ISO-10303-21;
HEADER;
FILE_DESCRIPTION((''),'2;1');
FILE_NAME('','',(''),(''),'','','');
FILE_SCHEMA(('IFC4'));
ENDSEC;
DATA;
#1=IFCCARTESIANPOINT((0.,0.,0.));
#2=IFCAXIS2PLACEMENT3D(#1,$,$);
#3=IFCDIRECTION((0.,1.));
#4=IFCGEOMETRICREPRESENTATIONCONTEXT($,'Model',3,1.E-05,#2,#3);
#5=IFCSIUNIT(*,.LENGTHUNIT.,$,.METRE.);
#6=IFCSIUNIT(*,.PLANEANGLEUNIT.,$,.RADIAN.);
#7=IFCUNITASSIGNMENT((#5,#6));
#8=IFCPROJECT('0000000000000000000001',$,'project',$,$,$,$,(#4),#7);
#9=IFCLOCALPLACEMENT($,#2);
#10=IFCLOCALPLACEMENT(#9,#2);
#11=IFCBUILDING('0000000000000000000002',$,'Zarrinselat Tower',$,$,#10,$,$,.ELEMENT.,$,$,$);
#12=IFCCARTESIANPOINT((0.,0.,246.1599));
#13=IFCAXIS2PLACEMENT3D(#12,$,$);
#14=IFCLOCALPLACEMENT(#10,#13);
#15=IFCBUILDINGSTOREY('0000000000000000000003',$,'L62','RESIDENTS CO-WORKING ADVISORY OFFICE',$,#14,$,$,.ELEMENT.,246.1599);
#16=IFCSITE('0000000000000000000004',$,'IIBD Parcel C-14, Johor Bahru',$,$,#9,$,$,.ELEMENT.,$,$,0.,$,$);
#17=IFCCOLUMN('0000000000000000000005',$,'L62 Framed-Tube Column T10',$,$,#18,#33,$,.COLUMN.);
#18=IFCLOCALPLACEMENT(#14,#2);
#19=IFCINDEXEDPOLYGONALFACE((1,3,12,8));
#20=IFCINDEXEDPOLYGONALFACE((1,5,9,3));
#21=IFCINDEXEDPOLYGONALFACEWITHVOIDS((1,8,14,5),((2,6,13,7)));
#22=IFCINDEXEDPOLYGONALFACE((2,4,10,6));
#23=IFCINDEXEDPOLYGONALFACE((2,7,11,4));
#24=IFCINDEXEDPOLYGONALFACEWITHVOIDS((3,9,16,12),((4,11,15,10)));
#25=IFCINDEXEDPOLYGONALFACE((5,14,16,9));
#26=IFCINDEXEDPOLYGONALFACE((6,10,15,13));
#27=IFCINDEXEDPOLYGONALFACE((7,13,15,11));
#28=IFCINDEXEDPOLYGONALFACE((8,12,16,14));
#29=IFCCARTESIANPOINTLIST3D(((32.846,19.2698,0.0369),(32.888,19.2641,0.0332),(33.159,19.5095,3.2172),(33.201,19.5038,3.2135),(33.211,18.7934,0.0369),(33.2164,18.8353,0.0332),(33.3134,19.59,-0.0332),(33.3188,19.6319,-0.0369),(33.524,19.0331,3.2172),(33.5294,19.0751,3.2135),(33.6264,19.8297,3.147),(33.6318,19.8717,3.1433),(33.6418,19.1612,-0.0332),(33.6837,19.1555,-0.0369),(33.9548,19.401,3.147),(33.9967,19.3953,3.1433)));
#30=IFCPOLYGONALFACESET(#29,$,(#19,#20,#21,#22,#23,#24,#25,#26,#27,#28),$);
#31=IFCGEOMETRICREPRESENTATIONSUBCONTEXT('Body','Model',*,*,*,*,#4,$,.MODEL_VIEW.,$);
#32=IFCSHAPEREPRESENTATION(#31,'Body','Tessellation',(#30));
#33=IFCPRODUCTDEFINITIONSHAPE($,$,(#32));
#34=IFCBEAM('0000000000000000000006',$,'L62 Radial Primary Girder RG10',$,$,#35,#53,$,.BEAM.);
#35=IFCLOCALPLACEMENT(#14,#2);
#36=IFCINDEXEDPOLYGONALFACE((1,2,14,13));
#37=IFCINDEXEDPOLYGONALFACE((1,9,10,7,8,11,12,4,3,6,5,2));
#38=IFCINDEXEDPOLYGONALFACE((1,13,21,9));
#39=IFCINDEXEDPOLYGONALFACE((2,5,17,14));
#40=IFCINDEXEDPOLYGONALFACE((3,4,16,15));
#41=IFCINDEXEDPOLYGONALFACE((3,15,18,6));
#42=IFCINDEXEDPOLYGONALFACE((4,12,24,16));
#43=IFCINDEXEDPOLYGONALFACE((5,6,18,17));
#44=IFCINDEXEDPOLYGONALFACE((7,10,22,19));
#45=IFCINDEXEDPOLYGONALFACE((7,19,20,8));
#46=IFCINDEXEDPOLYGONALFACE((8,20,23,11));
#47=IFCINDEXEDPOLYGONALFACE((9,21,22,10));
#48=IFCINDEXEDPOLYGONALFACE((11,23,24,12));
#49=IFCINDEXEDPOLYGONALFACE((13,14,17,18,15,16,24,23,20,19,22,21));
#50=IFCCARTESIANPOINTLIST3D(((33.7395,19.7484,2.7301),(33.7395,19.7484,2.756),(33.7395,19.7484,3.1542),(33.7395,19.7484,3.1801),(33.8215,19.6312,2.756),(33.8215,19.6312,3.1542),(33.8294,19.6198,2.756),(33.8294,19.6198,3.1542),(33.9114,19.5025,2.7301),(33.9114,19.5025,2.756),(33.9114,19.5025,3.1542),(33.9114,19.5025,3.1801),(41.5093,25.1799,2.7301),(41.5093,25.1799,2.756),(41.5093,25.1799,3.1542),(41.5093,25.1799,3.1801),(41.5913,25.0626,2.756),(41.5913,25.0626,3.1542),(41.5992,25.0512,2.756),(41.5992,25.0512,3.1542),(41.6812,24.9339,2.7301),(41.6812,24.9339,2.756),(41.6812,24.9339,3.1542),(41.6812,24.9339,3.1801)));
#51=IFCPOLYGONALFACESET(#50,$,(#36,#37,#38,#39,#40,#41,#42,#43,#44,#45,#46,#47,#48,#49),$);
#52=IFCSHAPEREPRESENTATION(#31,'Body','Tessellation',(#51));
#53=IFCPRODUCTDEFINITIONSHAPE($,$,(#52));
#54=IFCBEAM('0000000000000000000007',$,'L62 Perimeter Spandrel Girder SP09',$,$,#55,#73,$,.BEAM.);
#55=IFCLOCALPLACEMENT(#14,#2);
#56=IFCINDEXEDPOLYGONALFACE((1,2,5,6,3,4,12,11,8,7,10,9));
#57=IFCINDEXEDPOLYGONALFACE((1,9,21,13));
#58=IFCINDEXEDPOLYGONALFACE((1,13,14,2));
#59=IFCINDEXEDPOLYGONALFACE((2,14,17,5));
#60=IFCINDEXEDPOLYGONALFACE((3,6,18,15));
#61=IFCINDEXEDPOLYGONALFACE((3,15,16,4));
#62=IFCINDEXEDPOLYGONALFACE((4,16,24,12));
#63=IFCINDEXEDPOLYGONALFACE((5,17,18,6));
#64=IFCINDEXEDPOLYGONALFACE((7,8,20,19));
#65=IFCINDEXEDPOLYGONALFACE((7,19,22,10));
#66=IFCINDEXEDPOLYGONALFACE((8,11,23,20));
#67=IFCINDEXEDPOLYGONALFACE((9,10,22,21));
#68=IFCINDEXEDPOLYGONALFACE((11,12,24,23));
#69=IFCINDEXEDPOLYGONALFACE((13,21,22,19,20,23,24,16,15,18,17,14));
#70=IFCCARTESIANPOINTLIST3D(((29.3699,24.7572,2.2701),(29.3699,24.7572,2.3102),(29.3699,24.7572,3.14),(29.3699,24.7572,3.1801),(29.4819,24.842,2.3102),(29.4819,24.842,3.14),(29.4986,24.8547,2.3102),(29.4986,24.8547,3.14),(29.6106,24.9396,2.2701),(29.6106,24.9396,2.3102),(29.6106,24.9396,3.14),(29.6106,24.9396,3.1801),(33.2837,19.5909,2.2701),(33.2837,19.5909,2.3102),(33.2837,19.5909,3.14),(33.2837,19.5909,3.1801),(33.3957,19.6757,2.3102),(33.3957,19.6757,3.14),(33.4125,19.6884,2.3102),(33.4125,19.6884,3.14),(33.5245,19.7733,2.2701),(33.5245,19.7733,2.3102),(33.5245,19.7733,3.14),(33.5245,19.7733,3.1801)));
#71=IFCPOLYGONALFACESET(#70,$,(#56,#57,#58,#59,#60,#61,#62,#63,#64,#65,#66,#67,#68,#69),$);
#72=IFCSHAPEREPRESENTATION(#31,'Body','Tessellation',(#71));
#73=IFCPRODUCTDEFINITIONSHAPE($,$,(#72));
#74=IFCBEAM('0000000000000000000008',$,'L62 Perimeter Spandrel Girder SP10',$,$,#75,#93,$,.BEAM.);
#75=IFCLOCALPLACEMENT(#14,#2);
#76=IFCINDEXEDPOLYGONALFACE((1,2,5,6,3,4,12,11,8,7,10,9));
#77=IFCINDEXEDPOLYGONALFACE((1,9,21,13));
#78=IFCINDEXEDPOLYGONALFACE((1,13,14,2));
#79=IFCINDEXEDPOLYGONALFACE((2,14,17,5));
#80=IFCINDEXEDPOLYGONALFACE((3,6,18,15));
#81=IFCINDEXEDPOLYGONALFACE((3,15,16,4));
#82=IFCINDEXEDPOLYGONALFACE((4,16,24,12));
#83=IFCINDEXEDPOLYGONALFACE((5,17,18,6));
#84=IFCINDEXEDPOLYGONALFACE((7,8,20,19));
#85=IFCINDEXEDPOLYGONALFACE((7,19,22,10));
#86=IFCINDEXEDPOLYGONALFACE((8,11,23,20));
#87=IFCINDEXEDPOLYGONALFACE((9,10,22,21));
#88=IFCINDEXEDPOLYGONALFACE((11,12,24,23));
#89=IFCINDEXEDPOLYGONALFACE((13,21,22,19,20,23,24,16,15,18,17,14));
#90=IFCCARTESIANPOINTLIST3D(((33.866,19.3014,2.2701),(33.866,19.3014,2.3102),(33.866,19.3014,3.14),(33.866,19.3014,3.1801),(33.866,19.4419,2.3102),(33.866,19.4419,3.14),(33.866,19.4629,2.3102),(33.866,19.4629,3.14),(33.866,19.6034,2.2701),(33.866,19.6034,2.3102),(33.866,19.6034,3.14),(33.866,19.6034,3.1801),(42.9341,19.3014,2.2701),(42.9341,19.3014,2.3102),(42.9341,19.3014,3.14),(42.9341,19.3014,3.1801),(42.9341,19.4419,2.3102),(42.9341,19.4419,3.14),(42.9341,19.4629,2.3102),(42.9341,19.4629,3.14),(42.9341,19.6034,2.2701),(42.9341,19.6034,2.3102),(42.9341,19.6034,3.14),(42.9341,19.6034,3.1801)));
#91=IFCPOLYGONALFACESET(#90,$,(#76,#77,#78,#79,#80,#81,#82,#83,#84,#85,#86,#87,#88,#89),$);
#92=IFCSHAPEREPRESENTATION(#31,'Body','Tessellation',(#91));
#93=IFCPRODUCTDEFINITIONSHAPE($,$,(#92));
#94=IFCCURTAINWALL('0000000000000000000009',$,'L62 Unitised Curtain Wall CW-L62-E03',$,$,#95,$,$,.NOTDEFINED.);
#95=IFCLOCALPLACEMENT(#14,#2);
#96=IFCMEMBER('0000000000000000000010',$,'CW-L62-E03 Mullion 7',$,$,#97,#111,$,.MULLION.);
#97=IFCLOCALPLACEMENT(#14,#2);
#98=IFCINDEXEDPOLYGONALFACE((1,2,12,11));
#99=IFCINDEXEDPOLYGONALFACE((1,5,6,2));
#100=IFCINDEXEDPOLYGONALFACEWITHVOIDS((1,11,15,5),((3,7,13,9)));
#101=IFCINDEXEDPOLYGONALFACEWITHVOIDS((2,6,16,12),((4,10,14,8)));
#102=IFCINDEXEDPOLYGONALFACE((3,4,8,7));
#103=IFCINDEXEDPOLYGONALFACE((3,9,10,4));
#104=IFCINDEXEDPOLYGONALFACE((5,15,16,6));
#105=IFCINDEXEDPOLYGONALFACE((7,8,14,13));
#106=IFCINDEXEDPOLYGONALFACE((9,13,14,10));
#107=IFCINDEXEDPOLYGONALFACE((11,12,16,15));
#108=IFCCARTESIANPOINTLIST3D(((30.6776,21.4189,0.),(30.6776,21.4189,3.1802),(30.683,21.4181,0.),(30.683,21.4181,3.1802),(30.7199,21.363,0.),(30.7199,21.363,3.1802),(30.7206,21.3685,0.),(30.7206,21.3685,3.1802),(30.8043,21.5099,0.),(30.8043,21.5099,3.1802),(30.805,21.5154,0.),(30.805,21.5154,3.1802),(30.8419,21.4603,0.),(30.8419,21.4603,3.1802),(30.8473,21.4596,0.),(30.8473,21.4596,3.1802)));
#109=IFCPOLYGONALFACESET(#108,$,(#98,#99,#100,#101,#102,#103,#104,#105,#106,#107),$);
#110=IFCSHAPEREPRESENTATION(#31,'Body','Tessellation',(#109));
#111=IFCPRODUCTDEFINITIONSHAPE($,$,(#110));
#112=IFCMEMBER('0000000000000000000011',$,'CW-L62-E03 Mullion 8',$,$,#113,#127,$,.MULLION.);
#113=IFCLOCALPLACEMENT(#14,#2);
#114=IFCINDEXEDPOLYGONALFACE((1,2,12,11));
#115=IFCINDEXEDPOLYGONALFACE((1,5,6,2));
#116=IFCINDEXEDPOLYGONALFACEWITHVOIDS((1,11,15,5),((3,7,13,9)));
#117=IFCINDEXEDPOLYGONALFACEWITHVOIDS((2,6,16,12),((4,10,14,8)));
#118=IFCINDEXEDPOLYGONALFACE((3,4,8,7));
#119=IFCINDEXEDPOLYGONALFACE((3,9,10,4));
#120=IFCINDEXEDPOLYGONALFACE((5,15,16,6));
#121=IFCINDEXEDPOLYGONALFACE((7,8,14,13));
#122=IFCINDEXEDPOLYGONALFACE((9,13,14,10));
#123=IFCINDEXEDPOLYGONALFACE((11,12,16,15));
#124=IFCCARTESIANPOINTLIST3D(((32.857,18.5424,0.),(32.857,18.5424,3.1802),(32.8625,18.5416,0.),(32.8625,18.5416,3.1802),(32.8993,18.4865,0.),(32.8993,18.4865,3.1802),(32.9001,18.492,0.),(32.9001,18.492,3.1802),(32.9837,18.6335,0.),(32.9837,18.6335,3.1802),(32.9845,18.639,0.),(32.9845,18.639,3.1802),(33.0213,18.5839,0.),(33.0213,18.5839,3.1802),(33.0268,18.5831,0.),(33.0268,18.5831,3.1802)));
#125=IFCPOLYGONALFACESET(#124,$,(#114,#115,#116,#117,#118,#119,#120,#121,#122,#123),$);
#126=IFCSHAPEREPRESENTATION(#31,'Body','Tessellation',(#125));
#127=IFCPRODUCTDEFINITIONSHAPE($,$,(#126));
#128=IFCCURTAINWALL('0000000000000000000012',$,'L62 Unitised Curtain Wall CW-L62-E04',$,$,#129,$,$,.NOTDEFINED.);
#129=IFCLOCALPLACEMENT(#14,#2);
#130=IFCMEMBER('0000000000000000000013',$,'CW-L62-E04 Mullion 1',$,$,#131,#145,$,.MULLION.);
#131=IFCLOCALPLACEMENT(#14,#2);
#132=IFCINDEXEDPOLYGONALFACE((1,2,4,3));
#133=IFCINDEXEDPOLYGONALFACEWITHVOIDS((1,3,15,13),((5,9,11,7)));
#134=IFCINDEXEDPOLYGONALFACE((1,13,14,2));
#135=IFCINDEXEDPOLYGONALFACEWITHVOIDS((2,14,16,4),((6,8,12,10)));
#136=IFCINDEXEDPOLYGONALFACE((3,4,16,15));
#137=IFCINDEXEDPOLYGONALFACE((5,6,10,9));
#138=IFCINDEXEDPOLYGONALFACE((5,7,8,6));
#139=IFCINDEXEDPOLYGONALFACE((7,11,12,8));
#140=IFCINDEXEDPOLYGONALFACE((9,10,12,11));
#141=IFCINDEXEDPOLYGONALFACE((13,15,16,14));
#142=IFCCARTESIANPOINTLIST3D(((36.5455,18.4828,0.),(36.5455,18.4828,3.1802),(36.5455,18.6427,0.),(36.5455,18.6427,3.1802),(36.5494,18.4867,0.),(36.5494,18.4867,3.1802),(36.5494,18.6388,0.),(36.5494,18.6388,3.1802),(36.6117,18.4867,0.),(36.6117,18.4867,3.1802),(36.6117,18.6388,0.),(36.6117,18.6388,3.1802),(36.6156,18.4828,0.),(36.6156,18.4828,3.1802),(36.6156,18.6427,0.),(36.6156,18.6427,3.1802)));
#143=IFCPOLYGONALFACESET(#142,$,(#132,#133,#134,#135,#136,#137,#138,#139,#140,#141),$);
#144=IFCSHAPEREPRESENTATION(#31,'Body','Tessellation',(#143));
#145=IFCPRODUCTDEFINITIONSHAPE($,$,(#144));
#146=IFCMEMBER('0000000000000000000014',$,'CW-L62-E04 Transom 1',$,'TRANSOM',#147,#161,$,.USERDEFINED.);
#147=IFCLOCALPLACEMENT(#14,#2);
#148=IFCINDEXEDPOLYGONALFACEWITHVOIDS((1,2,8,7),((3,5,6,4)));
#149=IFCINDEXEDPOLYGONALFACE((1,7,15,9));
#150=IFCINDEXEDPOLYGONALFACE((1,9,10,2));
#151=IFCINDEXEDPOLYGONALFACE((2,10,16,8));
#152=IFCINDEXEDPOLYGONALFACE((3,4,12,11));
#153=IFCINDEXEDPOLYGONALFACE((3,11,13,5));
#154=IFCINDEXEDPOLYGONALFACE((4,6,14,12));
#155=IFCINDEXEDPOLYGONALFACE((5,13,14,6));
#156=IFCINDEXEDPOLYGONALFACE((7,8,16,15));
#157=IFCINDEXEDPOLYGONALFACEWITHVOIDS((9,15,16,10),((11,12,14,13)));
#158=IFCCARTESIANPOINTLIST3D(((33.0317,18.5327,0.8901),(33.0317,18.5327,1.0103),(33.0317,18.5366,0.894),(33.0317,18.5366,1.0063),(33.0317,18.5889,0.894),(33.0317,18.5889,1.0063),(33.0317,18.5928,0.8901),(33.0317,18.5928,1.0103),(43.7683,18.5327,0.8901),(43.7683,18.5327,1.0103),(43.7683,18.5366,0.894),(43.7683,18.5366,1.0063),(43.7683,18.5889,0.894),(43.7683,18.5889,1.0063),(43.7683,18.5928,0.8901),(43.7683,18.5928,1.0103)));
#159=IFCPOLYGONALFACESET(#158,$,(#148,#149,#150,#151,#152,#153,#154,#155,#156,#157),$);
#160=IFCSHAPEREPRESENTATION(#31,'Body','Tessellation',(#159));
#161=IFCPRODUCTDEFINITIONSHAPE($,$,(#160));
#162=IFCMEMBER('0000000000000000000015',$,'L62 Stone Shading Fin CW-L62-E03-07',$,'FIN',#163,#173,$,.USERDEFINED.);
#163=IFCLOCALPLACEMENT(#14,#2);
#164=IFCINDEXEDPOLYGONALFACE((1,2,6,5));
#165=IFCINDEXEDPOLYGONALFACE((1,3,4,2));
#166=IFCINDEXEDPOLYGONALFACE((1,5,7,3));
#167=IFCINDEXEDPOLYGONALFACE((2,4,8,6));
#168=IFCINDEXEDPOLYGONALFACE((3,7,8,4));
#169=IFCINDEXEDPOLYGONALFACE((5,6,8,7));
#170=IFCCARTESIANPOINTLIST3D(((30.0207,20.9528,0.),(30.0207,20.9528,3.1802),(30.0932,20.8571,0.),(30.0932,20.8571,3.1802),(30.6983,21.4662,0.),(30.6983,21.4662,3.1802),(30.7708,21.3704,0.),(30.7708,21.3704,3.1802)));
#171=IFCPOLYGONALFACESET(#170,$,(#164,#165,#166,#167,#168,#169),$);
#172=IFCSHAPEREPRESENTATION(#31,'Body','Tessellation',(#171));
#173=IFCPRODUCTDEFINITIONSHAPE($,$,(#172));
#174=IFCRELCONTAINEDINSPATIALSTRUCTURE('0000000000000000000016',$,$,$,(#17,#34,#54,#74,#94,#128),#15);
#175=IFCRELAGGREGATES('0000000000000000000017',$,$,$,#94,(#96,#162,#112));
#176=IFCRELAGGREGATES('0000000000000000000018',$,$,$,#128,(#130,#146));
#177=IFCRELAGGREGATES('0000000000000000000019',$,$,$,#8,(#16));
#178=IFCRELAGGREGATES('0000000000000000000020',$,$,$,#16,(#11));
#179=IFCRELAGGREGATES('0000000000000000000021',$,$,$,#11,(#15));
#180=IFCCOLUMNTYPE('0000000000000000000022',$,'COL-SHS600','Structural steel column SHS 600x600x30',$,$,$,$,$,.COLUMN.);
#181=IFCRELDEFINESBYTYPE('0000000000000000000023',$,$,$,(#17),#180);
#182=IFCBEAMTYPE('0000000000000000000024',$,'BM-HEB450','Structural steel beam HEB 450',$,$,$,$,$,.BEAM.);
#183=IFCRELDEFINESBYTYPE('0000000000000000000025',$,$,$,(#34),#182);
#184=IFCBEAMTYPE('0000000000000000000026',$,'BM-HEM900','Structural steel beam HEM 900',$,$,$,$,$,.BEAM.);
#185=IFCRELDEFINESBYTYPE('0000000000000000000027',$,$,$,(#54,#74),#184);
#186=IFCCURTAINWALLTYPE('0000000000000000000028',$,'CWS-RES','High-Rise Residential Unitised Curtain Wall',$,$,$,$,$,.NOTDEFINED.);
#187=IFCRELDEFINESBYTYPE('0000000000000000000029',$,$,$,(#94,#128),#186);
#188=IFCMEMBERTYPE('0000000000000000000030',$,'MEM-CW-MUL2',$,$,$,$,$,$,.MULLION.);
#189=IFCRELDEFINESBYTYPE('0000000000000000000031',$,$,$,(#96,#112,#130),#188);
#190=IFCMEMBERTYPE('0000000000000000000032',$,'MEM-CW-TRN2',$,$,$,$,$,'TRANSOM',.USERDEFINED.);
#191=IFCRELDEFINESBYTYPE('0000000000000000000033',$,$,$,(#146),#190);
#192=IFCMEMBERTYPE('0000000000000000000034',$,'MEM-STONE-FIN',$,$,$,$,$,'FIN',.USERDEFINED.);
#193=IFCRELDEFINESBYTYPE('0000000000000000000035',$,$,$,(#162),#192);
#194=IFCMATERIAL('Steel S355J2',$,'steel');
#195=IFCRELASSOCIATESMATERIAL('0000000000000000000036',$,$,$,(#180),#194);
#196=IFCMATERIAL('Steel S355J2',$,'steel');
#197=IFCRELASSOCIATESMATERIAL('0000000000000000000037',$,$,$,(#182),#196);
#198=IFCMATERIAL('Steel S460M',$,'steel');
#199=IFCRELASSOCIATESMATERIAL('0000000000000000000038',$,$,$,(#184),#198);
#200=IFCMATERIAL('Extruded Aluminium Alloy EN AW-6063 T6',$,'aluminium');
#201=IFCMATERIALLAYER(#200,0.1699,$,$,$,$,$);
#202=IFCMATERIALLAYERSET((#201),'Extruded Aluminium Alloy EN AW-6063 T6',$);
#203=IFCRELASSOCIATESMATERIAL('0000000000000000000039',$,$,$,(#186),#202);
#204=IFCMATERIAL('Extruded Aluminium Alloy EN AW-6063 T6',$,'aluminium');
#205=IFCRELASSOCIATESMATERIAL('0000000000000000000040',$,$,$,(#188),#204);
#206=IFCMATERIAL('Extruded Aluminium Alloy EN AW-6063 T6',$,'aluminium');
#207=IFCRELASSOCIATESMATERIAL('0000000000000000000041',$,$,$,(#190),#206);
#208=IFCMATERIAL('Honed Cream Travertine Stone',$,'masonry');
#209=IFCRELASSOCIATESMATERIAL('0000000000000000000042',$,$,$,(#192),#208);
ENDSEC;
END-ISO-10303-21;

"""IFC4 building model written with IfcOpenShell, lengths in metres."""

from ifc_helpers import new_model, si_unit, direction, frame, origin, origin_2d, place, context, subcontext, project, spatial, rectangle, hollow_rectangle, i_section, extrude, material, layer, layer_set, material_profile, profile_set, type_object, element, aggregate, save


model = new_model("IFC4")

# Units and contexts
model_context = context("Model", 3, precision=1e-05, world=origin(), true_north=direction((0.0, 1.0)))
body_context = subcontext(model_context, "Body", "Model", "MODEL_VIEW")
ifc_project = project(units=[si_unit("LENGTHUNIT", "METRE"), si_unit("PLANEANGLEUNIT", "RADIAN")], contexts=[model_context])

# Site, building, storey
site_placement = place(None, origin())
site = spatial("IfcSite", under=ifc_project, at=site_placement, Name="IIBD Parcel C-14, Johor Bahru", CompositionType="ELEMENT", RefElevation=0.0)
building_placement = place(site_placement, origin())
building = spatial("IfcBuilding", under=site, at=building_placement, Name="Zarrinselat Tower", CompositionType="ELEMENT")
storey_placement = place(building_placement, frame((0.0, 0.0, 246.1599)))
storey = spatial("IfcBuildingStorey", under=building, at=storey_placement, Name="L62", Description="RESIDENTS CO-WORKING ADVISORY OFFICE", CompositionType="ELEMENT", Elevation=246.1599)

# Column
ifc_material_1 = material(Name="Steel S355J2", Category="steel")
ifc_material_profile_1 = material_profile(ifc_material_1, hollow_rectangle(XDim=0.6001, YDim=0.6001, WallThickness=0.03, at=origin_2d()), Name="SHS 600x600x30")
ifc_profile_set_1 = profile_set([ifc_material_profile_1], Name="Steel S355J2")
column_type = type_object("IfcColumnType", Name="COL-SHS600", Description="Structural steel column SHS 600x600x30", PredefinedType="COLUMN", material=ifc_profile_set_1)
column_placement = place(storey_placement, frame((33.2649, 19.2126, 0.0), z_axis=(0.097671, 0.074815, 0.992403), x_axis=(-0.608093, 0.793865, 0.0)))
element("IfcColumn", 1, at=column_placement, inside=storey, type_object=column_type, Name="L62 Framed-Tube Column T10", PredefinedType="COLUMN", context=body_context, shape_type="SweptSolid", body=[
    extrude(hollow_rectangle(XDim=0.6001, YDim=0.6001, WallThickness=0.03, at=origin_2d()), origin(), (0.0, 0.0, 1.0), 3.2046),
])

# Beams
ifc_material_2 = material(Name="Steel S355J2", Category="steel")
ifc_material_profile_2 = material_profile(ifc_material_2, i_section(OverallWidth=0.3, OverallDepth=0.45, WebThickness=0.0139, FlangeThickness=0.0259, at=origin_2d()), Name="HEB 450")
ifc_profile_set_2 = profile_set([ifc_material_profile_2], Name="Steel S355J2")
beam_type_1 = type_object("IfcBeamType", Name="BM-HEB450", Description="Structural steel beam HEB 450", PredefinedType="BEAM", material=ifc_profile_set_2)
beam_1_placement = place(storey_placement, frame((33.8254, 19.6255, 2.9551), z_axis=(0.819601, 0.572935, 0.0), x_axis=(-0.572935, 0.819601, 0.0)))
element("IfcBeam", 2, at=beam_1_placement, inside=storey, type_object=beam_type_1, Name="L62 Radial Primary Girder RG10", PredefinedType="BEAM", context=body_context, shape_type="SweptSolid", body=[
    extrude(i_section(OverallWidth=0.3, OverallDepth=0.45, WebThickness=0.0139, FlangeThickness=0.0259, at=origin_2d()), origin(), (0.0, 0.0, 1.0), 9.48),
])
ifc_material_3 = material(Name="Steel S460M", Category="steel")
ifc_material_profile_3 = material_profile(ifc_material_3, i_section(OverallWidth=0.302, OverallDepth=0.9099, WebThickness=0.021, FlangeThickness=0.04, at=origin_2d()), Name="HEM 900")
ifc_profile_set_3 = profile_set([ifc_material_profile_3], Name="Steel S460M")
beam_type_2 = type_object("IfcBeamType", Name="BM-HEM900", Description="Structural steel beam HEM 900", PredefinedType="BEAM", material=ifc_profile_set_3)
beam_2_placement = place(storey_placement, frame((29.4902, 24.8484, 2.7251), z_axis=(0.603856, -0.797093, 0.0), x_axis=(0.797093, 0.603856, 0.0)))
element("IfcBeam", 3, at=beam_2_placement, inside=storey, type_object=beam_type_2, Name="L62 Perimeter Spandrel Girder SP09", PredefinedType="BEAM", context=body_context, shape_type="SweptSolid", body=[
    extrude(i_section(OverallWidth=0.302, OverallDepth=0.9099, WebThickness=0.021, FlangeThickness=0.04, at=origin_2d()), origin(), (0.0, 0.0, 1.0), 6.4814),
])
beam_3_placement = place(storey_placement, frame((33.866, 19.4524, 2.7251), z_axis=(1.0, 0.0, 0.0), x_axis=(0.0, 1.0, 0.0)))
element("IfcBeam", 4, at=beam_3_placement, inside=storey, type_object=beam_type_2, Name="L62 Perimeter Spandrel Girder SP10", PredefinedType="BEAM", context=body_context, shape_type="SweptSolid", body=[
    extrude(i_section(OverallWidth=0.302, OverallDepth=0.9099, WebThickness=0.021, FlangeThickness=0.04, at=origin_2d()), origin(), (0.0, 0.0, 1.0), 9.0681),
])

# Curtain walls, members
ifc_material_4 = material(Name="Extruded Aluminium Alloy EN AW-6063 T6", Category="aluminium")
ifc_layer_1 = layer(ifc_material_4, 0.1699)
ifc_layer_set_1 = layer_set([ifc_layer_1], Name="Extruded Aluminium Alloy EN AW-6063 T6")
curtain_wall_type = type_object("IfcCurtainWallType", Name="CWS-RES", Description="High-Rise Residential Unitised Curtain Wall", PredefinedType="NOTDEFINED", material=ifc_layer_set_1)
curtain_wall_1_placement = place(storey_placement, origin())
curtain_wall_1 = element("IfcCurtainWall", 5, at=curtain_wall_1_placement, inside=storey, type_object=curtain_wall_type, Name="L62 Unitised Curtain Wall CW-L62-E03", PredefinedType="NOTDEFINED")
ifc_material_5 = material(Name="Extruded Aluminium Alloy EN AW-6063 T6", Category="aluminium")
ifc_material_profile_4 = material_profile(ifc_material_5, hollow_rectangle(XDim=0.0701, YDim=0.1599, WallThickness=0.0039, at=origin_2d()), Name="RHS 160x70x4")
ifc_profile_set_4 = profile_set([ifc_material_profile_4], Name="Extruded Aluminium Alloy EN AW-6063 T6")
member_type_1 = type_object("IfcMemberType", Name="MEM-CW-MUL2", PredefinedType="MULLION", material=ifc_profile_set_4)
member_1_placement = place(storey_placement, frame((30.7625, 21.4392, 0.0), z_axis=(0.0, 0.0, 1.0), x_axis=(0.603858, -0.797092, 0.0)))
member_1 = element("IfcMember", 6, at=member_1_placement, type_object=member_type_1, Name="CW-L62-E03 Mullion 7", PredefinedType="MULLION", context=body_context, shape_type="SweptSolid", body=[
    extrude(hollow_rectangle(XDim=0.0701, YDim=0.1599, WallThickness=0.0039, at=origin_2d()), origin(), (0.0, 0.0, 1.0), 3.1802),
])
member_2_placement = place(storey_placement, frame((32.9419, 18.5627, 0.0), z_axis=(0.0, 0.0, 1.0), x_axis=(0.603858, -0.797092, 0.0)))
member_2 = element("IfcMember", 7, at=member_2_placement, type_object=member_type_1, Name="CW-L62-E03 Mullion 8", PredefinedType="MULLION", context=body_context, shape_type="SweptSolid", body=[
    extrude(hollow_rectangle(XDim=0.0701, YDim=0.1599, WallThickness=0.0039, at=origin_2d()), origin(), (0.0, 0.0, 1.0), 3.1802),
])
curtain_wall_2_placement = place(storey_placement, origin())
curtain_wall_2 = element("IfcCurtainWall", 8, at=curtain_wall_2_placement, inside=storey, type_object=curtain_wall_type, Name="L62 Unitised Curtain Wall CW-L62-E04", PredefinedType="NOTDEFINED")
member_3_placement = place(storey_placement, frame((36.5806, 18.5627, 0.0), z_axis=(0.0, 0.0, 1.0), x_axis=(1.0, 0.0, 0.0)))
member_3 = element("IfcMember", 9, at=member_3_placement, type_object=member_type_1, Name="CW-L62-E04 Mullion 1", PredefinedType="MULLION", context=body_context, shape_type="SweptSolid", body=[
    extrude(hollow_rectangle(XDim=0.0701, YDim=0.1599, WallThickness=0.0039, at=origin_2d()), origin(), (0.0, 0.0, 1.0), 3.1802),
])
ifc_material_6 = material(Name="Extruded Aluminium Alloy EN AW-6063 T6", Category="aluminium")
ifc_material_profile_5 = material_profile(ifc_material_6, hollow_rectangle(XDim=0.0601, YDim=0.1201, WallThickness=0.0039, at=origin_2d()), Name="RHS 120x60x4")
ifc_profile_set_5 = profile_set([ifc_material_profile_5], Name="Extruded Aluminium Alloy EN AW-6063 T6")
member_type_2 = type_object("IfcMemberType", Name="MEM-CW-TRN2", ElementType="TRANSOM", PredefinedType="USERDEFINED", material=ifc_profile_set_5)
member_4_placement = place(storey_placement, frame((33.0317, 18.5627, 0.9502), z_axis=(1.0, 0.0, 0.0), x_axis=(0.0, 1.0, 0.0)))
member_4 = element("IfcMember", 10, at=member_4_placement, type_object=member_type_2, Name="CW-L62-E04 Transom 1", ObjectType="TRANSOM", PredefinedType="USERDEFINED", context=body_context, shape_type="SweptSolid", body=[
    extrude(hollow_rectangle(XDim=0.0601, YDim=0.1201, WallThickness=0.0039, at=origin_2d()), origin(), (0.0, 0.0, 1.0), 10.7366),
])

# Member
ifc_material_7 = material(Name="Honed Cream Travertine Stone", Category="masonry")
ifc_material_profile_6 = material_profile(ifc_material_7, rectangle(XDim=0.1201, YDim=0.8501, at=origin_2d()), Name="FIN 850x120")
ifc_profile_set_6 = profile_set([ifc_material_profile_6], Name="Honed Cream Travertine Stone")
member_type_3 = type_object("IfcMemberType", Name="MEM-STONE-FIN", ElementType="FIN", PredefinedType="USERDEFINED", material=ifc_profile_set_6)
member_5_placement = place(storey_placement, frame((30.3958, 21.1616, 0.0), z_axis=(0.0, 0.0, 1.0), x_axis=(-0.603858, 0.797092, 0.0)))
member_5 = element("IfcMember", 11, at=member_5_placement, type_object=member_type_3, Name="L62 Stone Shading Fin CW-L62-E03-07", ObjectType="FIN", PredefinedType="USERDEFINED", context=body_context, shape_type="SweptSolid", body=[
    extrude(rectangle(XDim=0.1201, YDim=0.8501, at=origin_2d()), origin(), (0.0, 0.0, 1.0), 3.1802),
])

aggregate(curtain_wall_1, [member_1, member_5, member_2])
aggregate(curtain_wall_2, [member_3, member_4])

save(model, "model.ifc")
